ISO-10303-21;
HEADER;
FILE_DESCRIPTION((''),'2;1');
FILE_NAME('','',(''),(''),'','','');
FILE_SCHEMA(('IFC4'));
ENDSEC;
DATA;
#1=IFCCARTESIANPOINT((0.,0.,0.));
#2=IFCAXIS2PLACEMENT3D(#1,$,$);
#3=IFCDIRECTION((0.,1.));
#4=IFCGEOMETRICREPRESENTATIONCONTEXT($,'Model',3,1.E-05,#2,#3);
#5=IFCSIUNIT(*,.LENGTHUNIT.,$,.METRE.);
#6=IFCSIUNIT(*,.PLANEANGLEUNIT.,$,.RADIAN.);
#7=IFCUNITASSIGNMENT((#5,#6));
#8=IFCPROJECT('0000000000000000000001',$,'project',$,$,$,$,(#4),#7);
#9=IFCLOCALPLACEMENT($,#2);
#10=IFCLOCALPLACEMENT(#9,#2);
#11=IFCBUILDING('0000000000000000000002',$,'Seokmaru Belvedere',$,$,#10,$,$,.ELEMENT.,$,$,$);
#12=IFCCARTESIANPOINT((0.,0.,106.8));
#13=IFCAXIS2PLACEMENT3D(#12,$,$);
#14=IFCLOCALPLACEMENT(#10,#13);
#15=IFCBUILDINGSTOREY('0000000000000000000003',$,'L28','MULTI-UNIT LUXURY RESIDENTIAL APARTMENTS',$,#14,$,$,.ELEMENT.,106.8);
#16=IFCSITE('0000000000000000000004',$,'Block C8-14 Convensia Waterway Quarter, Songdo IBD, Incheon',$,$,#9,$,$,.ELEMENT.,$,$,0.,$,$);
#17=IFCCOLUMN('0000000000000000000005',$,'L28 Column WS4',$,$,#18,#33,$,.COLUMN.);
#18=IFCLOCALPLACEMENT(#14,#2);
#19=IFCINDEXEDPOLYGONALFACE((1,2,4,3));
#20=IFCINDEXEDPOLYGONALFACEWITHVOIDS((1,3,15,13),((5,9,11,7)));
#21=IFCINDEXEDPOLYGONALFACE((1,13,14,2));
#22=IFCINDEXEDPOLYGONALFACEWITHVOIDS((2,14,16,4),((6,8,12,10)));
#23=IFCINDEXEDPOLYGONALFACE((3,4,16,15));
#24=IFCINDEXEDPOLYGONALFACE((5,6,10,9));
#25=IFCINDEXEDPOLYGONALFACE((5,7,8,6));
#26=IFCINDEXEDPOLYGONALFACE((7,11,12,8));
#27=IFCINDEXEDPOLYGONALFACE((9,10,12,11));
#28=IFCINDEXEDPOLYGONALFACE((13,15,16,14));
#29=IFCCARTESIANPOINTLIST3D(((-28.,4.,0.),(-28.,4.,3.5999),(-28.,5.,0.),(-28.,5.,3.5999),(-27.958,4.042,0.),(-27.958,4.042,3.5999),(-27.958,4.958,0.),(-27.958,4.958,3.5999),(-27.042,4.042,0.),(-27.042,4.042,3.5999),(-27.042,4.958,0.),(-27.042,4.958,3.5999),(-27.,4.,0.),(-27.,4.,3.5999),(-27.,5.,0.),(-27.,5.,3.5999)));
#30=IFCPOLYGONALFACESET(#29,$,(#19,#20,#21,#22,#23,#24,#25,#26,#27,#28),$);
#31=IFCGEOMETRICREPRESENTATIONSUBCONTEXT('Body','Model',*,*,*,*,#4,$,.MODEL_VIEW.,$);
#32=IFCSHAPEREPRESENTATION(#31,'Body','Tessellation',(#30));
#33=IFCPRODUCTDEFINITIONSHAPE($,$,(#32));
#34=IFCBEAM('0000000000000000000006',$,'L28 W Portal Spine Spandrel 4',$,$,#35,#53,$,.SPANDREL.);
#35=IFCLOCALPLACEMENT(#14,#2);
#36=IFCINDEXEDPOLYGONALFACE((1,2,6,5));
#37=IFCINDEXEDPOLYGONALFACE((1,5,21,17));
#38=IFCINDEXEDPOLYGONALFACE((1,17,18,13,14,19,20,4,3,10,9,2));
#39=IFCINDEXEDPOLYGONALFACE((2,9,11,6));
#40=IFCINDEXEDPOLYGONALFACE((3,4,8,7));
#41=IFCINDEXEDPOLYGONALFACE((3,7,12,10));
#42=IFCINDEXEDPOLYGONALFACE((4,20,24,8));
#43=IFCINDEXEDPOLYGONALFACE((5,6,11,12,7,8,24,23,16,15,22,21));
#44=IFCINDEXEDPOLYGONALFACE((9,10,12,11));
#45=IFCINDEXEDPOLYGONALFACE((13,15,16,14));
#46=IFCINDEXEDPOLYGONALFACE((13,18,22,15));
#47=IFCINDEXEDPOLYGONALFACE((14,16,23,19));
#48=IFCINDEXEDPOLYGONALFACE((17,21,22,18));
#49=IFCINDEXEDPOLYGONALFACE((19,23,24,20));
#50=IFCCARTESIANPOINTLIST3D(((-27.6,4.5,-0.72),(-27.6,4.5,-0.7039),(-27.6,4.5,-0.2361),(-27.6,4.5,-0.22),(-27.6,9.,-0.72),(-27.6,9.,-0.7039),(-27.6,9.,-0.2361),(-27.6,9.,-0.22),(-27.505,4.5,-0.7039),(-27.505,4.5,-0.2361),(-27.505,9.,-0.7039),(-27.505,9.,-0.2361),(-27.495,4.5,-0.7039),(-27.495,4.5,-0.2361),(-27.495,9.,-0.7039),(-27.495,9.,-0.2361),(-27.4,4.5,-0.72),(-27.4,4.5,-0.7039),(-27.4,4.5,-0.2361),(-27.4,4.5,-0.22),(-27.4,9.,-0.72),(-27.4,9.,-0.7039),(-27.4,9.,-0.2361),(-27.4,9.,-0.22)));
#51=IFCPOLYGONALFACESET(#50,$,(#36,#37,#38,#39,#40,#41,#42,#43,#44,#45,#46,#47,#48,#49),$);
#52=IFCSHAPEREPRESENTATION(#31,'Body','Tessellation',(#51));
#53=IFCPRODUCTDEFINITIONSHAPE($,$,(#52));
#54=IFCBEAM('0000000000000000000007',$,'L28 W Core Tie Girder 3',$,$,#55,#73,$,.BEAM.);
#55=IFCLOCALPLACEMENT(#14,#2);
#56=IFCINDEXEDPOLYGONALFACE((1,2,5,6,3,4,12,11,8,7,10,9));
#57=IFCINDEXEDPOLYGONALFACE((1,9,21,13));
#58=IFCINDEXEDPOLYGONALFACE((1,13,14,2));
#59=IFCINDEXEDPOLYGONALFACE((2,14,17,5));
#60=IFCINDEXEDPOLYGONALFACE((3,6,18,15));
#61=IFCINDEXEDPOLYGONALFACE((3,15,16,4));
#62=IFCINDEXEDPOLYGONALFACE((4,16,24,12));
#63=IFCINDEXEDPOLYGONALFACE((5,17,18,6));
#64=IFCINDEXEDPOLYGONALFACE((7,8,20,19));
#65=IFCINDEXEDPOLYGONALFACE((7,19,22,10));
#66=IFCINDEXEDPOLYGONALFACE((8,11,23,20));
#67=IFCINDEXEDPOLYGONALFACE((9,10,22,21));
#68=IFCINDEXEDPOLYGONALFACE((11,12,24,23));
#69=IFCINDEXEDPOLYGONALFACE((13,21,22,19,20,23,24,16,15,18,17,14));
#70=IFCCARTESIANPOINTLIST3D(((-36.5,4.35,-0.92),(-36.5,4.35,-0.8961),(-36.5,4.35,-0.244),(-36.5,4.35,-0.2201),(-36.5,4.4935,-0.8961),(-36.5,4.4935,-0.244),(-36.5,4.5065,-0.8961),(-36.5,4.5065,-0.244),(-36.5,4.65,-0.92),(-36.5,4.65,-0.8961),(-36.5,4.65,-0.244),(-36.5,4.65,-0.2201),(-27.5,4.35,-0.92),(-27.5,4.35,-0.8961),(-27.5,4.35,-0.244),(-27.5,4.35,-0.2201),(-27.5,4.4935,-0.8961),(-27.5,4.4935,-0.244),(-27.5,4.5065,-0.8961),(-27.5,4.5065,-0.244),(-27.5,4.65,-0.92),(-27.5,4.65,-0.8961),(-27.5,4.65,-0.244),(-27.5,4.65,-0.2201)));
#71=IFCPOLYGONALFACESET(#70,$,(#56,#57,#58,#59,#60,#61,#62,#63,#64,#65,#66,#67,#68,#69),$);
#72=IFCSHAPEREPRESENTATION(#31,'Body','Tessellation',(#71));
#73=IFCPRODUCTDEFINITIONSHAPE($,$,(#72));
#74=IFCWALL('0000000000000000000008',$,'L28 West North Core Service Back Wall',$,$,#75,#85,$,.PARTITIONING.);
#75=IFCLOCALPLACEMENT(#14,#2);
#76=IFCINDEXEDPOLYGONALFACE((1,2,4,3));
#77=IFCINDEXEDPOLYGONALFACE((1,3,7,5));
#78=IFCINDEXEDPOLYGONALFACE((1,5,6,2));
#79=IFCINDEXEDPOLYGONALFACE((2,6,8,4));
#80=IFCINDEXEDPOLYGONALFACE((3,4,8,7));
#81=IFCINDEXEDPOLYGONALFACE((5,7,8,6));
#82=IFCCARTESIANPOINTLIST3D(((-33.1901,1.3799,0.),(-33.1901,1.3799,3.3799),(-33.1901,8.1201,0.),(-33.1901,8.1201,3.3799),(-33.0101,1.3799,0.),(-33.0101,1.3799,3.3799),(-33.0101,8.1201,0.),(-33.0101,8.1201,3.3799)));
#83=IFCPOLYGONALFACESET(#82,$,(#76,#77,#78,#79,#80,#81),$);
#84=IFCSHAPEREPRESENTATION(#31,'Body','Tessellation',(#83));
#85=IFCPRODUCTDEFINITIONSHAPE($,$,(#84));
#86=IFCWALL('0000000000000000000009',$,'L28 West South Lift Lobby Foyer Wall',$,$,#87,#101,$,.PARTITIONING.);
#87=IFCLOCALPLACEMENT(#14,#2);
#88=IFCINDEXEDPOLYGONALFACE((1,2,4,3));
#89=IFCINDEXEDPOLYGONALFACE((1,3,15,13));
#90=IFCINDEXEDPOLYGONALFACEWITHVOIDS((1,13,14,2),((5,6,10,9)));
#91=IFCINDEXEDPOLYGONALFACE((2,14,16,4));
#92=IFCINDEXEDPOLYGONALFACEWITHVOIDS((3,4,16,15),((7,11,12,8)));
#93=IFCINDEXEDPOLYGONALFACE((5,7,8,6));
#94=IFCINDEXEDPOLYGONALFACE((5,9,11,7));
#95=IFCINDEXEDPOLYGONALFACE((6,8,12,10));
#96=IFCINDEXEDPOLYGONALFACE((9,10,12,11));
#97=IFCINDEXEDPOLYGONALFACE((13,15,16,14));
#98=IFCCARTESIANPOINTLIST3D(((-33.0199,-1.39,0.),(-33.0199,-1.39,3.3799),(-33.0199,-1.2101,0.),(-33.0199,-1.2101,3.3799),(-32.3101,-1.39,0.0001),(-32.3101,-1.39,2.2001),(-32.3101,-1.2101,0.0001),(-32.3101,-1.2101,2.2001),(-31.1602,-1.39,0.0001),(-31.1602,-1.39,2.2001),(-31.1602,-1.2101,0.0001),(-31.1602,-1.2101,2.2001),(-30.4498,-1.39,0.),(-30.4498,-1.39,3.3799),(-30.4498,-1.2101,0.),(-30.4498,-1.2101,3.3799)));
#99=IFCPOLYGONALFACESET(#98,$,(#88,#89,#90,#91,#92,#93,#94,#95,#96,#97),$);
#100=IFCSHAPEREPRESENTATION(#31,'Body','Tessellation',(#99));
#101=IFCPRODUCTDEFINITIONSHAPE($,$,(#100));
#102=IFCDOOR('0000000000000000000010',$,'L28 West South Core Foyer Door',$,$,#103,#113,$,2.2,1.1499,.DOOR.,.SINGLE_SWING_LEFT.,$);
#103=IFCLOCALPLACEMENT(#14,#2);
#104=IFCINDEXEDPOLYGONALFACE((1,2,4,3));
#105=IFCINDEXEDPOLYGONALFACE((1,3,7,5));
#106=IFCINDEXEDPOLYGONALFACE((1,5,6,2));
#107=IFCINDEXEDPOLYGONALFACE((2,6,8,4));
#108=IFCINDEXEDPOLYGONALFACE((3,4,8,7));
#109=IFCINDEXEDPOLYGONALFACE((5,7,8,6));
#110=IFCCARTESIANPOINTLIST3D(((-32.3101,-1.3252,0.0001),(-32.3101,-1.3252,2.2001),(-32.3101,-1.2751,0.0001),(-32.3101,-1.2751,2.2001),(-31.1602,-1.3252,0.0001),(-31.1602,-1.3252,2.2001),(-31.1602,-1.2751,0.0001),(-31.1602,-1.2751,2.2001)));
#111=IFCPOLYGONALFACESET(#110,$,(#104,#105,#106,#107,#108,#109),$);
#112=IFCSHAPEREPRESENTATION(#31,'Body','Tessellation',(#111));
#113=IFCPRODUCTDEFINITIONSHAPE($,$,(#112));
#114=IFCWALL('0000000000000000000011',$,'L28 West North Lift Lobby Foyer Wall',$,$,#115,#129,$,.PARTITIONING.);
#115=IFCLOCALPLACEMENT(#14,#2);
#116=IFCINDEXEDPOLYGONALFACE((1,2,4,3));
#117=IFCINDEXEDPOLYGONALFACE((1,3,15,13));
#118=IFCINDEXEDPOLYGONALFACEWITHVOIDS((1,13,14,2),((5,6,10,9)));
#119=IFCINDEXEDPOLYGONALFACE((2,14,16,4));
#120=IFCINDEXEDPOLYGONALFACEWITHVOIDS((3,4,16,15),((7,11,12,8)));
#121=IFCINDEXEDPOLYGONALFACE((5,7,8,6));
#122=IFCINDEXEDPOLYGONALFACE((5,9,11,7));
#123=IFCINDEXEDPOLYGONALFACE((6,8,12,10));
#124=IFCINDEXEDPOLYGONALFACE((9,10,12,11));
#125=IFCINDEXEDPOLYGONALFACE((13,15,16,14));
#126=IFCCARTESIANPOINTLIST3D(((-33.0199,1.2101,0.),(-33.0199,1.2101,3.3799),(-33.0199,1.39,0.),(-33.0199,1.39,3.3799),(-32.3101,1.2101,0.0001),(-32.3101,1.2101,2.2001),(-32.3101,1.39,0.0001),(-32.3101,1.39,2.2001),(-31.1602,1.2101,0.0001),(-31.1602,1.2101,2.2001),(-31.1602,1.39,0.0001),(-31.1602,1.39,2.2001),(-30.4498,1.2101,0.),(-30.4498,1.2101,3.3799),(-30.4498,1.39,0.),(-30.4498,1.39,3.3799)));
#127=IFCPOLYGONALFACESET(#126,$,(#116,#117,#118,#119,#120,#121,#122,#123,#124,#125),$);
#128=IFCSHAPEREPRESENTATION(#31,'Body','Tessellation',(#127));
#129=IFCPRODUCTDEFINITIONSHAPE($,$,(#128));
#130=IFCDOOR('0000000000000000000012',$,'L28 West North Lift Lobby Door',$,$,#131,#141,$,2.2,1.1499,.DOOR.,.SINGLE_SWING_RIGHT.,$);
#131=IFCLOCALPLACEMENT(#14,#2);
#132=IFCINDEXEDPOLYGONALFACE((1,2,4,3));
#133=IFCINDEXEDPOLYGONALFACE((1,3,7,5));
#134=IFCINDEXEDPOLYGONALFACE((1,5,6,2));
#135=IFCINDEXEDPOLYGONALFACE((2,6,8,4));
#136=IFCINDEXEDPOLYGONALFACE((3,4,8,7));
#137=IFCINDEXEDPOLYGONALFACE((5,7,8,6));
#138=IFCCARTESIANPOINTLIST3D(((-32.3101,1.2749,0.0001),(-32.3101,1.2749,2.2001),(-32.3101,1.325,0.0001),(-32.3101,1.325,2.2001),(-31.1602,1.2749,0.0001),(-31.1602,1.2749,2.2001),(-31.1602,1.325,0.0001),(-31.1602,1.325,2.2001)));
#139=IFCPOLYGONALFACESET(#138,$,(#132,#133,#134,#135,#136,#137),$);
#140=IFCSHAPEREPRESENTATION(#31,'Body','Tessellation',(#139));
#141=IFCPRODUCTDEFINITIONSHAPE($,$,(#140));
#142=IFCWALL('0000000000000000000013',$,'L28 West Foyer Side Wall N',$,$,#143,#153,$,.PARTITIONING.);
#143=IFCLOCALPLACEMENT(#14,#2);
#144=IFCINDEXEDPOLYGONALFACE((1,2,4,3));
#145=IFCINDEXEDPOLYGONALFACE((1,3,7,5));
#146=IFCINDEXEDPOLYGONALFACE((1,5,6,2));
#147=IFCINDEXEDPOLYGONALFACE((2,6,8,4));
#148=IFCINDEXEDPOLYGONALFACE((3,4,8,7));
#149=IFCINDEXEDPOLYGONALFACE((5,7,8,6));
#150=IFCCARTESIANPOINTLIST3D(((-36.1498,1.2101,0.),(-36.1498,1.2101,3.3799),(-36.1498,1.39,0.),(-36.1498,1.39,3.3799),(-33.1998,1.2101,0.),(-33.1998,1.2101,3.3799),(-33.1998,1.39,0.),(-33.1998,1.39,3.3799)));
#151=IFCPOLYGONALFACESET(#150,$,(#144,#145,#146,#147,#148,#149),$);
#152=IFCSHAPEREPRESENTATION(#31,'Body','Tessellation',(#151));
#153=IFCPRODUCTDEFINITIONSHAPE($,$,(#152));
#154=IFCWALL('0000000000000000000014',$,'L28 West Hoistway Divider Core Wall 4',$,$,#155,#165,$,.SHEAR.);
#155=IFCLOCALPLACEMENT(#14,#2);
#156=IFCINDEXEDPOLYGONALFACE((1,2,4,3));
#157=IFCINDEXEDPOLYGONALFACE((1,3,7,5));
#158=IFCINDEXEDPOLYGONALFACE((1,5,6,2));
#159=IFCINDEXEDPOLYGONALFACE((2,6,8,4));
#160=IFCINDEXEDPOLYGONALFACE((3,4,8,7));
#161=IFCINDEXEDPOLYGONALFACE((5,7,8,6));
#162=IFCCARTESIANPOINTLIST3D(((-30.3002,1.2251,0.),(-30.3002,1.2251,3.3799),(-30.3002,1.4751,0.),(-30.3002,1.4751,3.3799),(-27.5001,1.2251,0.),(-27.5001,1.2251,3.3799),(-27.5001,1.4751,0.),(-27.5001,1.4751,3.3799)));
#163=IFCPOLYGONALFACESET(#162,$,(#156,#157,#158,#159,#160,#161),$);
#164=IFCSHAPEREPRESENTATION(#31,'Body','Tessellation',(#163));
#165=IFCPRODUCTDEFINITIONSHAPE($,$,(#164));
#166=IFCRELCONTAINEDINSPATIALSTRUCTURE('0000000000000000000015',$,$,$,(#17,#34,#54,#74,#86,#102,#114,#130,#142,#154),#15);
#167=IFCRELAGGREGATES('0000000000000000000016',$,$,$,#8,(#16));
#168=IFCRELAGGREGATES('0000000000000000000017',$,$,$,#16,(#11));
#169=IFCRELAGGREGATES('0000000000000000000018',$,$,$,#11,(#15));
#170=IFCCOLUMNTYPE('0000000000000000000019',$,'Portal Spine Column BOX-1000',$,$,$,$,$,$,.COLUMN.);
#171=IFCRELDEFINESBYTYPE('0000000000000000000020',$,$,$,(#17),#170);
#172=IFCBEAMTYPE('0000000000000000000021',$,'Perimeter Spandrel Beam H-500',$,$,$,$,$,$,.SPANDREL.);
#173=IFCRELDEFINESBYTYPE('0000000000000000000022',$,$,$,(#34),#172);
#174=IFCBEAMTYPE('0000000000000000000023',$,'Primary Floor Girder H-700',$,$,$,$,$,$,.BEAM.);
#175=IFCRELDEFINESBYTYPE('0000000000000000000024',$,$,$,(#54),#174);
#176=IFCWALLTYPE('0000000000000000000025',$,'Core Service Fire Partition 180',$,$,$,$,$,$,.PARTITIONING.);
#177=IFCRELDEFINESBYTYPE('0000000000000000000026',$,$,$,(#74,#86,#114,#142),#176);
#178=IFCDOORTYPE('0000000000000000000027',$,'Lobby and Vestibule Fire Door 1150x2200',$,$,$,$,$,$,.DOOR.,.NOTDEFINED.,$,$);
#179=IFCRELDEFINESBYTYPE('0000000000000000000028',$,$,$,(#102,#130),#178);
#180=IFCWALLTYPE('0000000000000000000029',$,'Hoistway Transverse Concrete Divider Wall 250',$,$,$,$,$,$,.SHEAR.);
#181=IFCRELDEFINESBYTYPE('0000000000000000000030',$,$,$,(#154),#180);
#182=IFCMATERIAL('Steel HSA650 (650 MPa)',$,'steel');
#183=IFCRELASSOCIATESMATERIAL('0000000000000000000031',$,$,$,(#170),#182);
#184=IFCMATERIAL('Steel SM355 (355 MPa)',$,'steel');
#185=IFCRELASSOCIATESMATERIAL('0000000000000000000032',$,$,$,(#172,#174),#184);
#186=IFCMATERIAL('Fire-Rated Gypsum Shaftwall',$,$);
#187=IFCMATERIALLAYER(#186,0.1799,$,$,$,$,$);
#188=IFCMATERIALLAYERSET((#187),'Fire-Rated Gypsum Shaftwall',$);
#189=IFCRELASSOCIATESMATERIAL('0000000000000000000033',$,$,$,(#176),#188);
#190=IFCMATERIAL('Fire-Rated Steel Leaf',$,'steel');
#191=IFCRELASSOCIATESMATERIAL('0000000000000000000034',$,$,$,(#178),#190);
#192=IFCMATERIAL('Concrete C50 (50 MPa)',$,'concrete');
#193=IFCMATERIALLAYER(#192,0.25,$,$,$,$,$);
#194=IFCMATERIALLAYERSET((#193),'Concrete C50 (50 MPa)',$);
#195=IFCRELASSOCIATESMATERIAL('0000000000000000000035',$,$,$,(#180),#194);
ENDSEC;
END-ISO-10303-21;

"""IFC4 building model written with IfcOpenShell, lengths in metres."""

from ifc_helpers import new_model, si_unit, direction, frame, frame_2d, origin, origin_2d, place, context, subcontext, project, spatial, rectangle, hollow_rectangle, i_section, extrude, source, transform, mapped, material, layer, layer_set, material_profile, profile_set, type_object, type_shapes, element, fill, save


model = new_model("IFC4")

# Units and contexts
model_context = context("Model", 3, precision=1e-05, world=origin(), true_north=direction((0.0, 1.0)))
body_context = subcontext(model_context, "Body", "Model", "MODEL_VIEW")
ifc_project = project(units=[si_unit("LENGTHUNIT", "METRE"), si_unit("PLANEANGLEUNIT", "RADIAN")], contexts=[model_context])

# Site, building, storey
site_placement = place(None, origin())
site = spatial("IfcSite", under=ifc_project, at=site_placement, Name="Block C8-14 Convensia Waterway Quarter, Songdo IBD, Incheon", CompositionType="ELEMENT", RefElevation=0.0)
building_placement = place(site_placement, origin())
building = spatial("IfcBuilding", under=site, at=building_placement, Name="Seokmaru Belvedere", CompositionType="ELEMENT")
storey_placement = place(building_placement, frame((0.0, 0.0, 106.8)))
storey = spatial("IfcBuildingStorey", under=building, at=storey_placement, Name="L28", Description="MULTI-UNIT LUXURY RESIDENTIAL APARTMENTS", CompositionType="ELEMENT", Elevation=106.8)

# Column
ifc_material_1 = material(Name="Steel HSA650 (650 MPa)", Category="steel")
ifc_material_profile_1 = material_profile(ifc_material_1, hollow_rectangle(XDim=1.0, YDim=1.0, WallThickness=0.042, at=origin_2d()), Name="BOX-1000x1000x42")
ifc_profile_set_1 = profile_set([ifc_material_profile_1], Name="Steel HSA650 (650 MPa)")
column_type = type_object("IfcColumnType", Name="Portal Spine Column BOX-1000", PredefinedType="COLUMN", material=ifc_profile_set_1)
shared_shape_1 = source(origin(), body_context, "Body", "SweptSolid", [
    extrude(hollow_rectangle(XDim=1.0, YDim=1.0, WallThickness=0.042, at=origin_2d()), origin(), (0.0, 0.0, 1.0), 3.5999),
])
type_shapes(column_type, [shared_shape_1])
column_placement = place(storey_placement, frame((-27.5, 4.5, 0.0), z_axis=(0.0, 0.0, 1.0), x_axis=(1.0, 0.0, 0.0)))
element("IfcColumn", 1, at=column_placement, inside=storey, type_object=column_type, Name="L28 Column WS4", PredefinedType="COLUMN", context=body_context, shape_type="MappedRepresentation", body=[
    mapped(shared_shape_1, transform((0.0, 0.0, 0.0), scale=1.0)),
])

# Beams
ifc_material_2 = material(Name="Steel SM355 (355 MPa)", Category="steel")
ifc_material_profile_2 = material_profile(ifc_material_2, i_section(OverallWidth=0.2, OverallDepth=0.5, WebThickness=0.01, FlangeThickness=0.0161, at=origin_2d()), Name="H-500x200x10x16")
ifc_profile_set_2 = profile_set([ifc_material_profile_2], Name="Steel SM355 (355 MPa)")
beam_type_1 = type_object("IfcBeamType", Name="Perimeter Spandrel Beam H-500", PredefinedType="SPANDREL", material=ifc_profile_set_2)
shared_shape_2 = source(origin(), body_context, "Body", "SweptSolid", [
    extrude(i_section(OverallWidth=0.2, OverallDepth=0.5, WebThickness=0.01, FlangeThickness=0.0161, at=origin_2d()), origin(), (0.0, 0.0, 1.0), 4.5),
])
type_shapes(beam_type_1, [shared_shape_2])
beam_1_placement = place(storey_placement, frame((-27.5, 4.5, -0.47), z_axis=(0.0, 1.0, 0.0), x_axis=(-1.0, 0.0, 0.0)))
element("IfcBeam", 2, at=beam_1_placement, inside=storey, type_object=beam_type_1, Name="L28 W Portal Spine Spandrel 4", PredefinedType="SPANDREL", context=body_context, shape_type="MappedRepresentation", body=[
    mapped(shared_shape_2, transform((0.0, 0.0, 0.0), scale=1.0)),
])
ifc_material_profile_3 = material_profile(ifc_material_2, i_section(OverallWidth=0.3, OverallDepth=0.7, WebThickness=0.0129, FlangeThickness=0.0239, at=origin_2d()), Name="H-700x300x13x24")
ifc_profile_set_3 = profile_set([ifc_material_profile_3], Name="Steel SM355 (355 MPa)")
beam_type_2 = type_object("IfcBeamType", Name="Primary Floor Girder H-700", PredefinedType="BEAM", material=ifc_profile_set_3)
shared_shape_3 = source(origin(), body_context, "Body", "SweptSolid", [
    extrude(i_section(OverallWidth=0.3, OverallDepth=0.7, WebThickness=0.0129, FlangeThickness=0.0239, at=origin_2d()), origin(), (0.0, 0.0, 1.0), 9.0),
])
type_shapes(beam_type_2, [shared_shape_3])
beam_2_placement = place(storey_placement, frame((-36.5, 4.5, -0.5701), z_axis=(1.0, 0.0, 0.0), x_axis=(0.0, 1.0, 0.0)))
element("IfcBeam", 3, at=beam_2_placement, inside=storey, type_object=beam_type_2, Name="L28 W Core Tie Girder 3", PredefinedType="BEAM", context=body_context, shape_type="MappedRepresentation", body=[
    mapped(shared_shape_3, transform((0.0, 0.0, 0.0), scale=1.0)),
])

# Wall
ifc_material_3 = material(Name="Fire-Rated Gypsum Shaftwall")
ifc_layer_1 = layer(ifc_material_3, 0.1799)
ifc_layer_set_1 = layer_set([ifc_layer_1], Name="Fire-Rated Gypsum Shaftwall")
wall_type_1 = type_object("IfcWallType", Name="Core Service Fire Partition 180", PredefinedType="PARTITIONING", material=ifc_layer_set_1)
wall_1_placement = place(storey_placement, frame((-33.1001, 1.3799, 0.0), z_axis=(0.0, 0.0, 1.0), x_axis=(0.0, 1.0, 0.0)))
element("IfcWall", 4, at=wall_1_placement, inside=storey, type_object=wall_type_1, Name="L28 West North Core Service Back Wall", PredefinedType="PARTITIONING", context=body_context, shape_type="SweptSolid", body=[
    extrude(rectangle(XDim=6.7402, YDim=0.1799, at=frame_2d((3.3701, 0.0))), origin(), (0.0, 0.0, 1.0), 3.3799),
])

# Walls, openings, doors
wall_2_placement = place(storey_placement, frame((-33.02, -1.3, 0.0), z_axis=(0.0, 0.0, 1.0), x_axis=(1.0, 0.0, 0.0)))
wall_2 = element("IfcWall", 5, at=wall_2_placement, inside=storey, type_object=wall_type_1, Name="L28 West South Lift Lobby Foyer Wall", PredefinedType="PARTITIONING", context=body_context, shape_type="SweptSolid", body=[
    extrude(rectangle(XDim=2.5701, YDim=0.1799, at=frame_2d((1.2852, 0.0))), origin(), (0.0, 0.0, 1.0), 3.3799),
])
opening_1_placement = place(wall_2_placement, frame((0.71, 0.0, 0.0)))
opening_1 = element("IfcOpeningElement", 6, at=opening_1_placement, cuts=wall_2, PredefinedType="OPENING", context=body_context, shape_type="SweptSolid", body=[
    extrude(rectangle(XDim=1.1499, YDim=2.2, at=frame_2d((0.575, 1.1001))), frame((0.0, 0.1001, 0.0), z_axis=(0.0, -1.0, 0.0), x_axis=(1.0, 0.0, 0.0)), (0.0, 0.0, 1.0), 0.2),
])
ifc_material_4 = material(Name="Fire-Rated Steel Leaf", Category="steel")
door_type_1 = type_object("IfcDoorType", Name="Lobby and Vestibule Fire Door 1150x2200", OperationType="NOTDEFINED", PredefinedType="DOOR", material=ifc_material_4)
shared_shape_4 = source(origin(), body_context, "Body", "SweptSolid", [
    extrude(rectangle(XDim=1.1499, YDim=2.2, at=frame_2d((0.575, 1.1001))), frame((0.0, 0.0249, 0.0), z_axis=(0.0, -1.0, 0.0), x_axis=(1.0, 0.0, 0.0)), (0.0, 0.0, 1.0), 0.05),
])
type_shapes(door_type_1, [shared_shape_4])
door_1_placement = place(opening_1_placement, origin())
door_1 = element("IfcDoor", 7, at=door_1_placement, inside=storey, type_object=door_type_1, Name="L28 West South Core Foyer Door", OperationType="SINGLE_SWING_LEFT", OverallHeight=2.2, OverallWidth=1.1499, PredefinedType="DOOR", context=body_context, shape_type="MappedRepresentation", body=[
    mapped(shared_shape_4, transform((0.0, 0.0, 0.0), scale=1.0)),
])
fill(opening_1, door_1)
wall_3_placement = place(storey_placement, frame((-33.02, 1.3, 0.0), z_axis=(0.0, 0.0, 1.0), x_axis=(1.0, 0.0, 0.0)))
wall_3 = element("IfcWall", 8, at=wall_3_placement, inside=storey, type_object=wall_type_1, Name="L28 West North Lift Lobby Foyer Wall", PredefinedType="PARTITIONING", context=body_context, shape_type="SweptSolid", body=[
    extrude(rectangle(XDim=2.5701, YDim=0.1799, at=frame_2d((1.2852, 0.0))), origin(), (0.0, 0.0, 1.0), 3.3799),
])
opening_2_placement = place(wall_3_placement, frame((0.71, 0.0, 0.0)))
opening_2 = element("IfcOpeningElement", 9, at=opening_2_placement, cuts=wall_3, PredefinedType="OPENING", context=body_context, shape_type="SweptSolid", body=[
    extrude(rectangle(XDim=1.1499, YDim=2.2, at=frame_2d((0.575, 1.1001))), frame((0.0, 0.1001, 0.0), z_axis=(0.0, -1.0, 0.0), x_axis=(1.0, 0.0, 0.0)), (0.0, 0.0, 1.0), 0.2),
])
door_2_placement = place(opening_2_placement, origin())
door_2 = element("IfcDoor", 10, at=door_2_placement, inside=storey, type_object=door_type_1, Name="L28 West North Lift Lobby Door", OperationType="SINGLE_SWING_RIGHT", OverallHeight=2.2, OverallWidth=1.1499, PredefinedType="DOOR", context=body_context, shape_type="MappedRepresentation", body=[
    mapped(shared_shape_4, transform((0.0, 0.0, 0.0), scale=1.0)),
])
fill(opening_2, door_2)

# Walls
wall_4_placement = place(storey_placement, frame((-36.1499, 1.3, 0.0), z_axis=(0.0, 0.0, 1.0), x_axis=(1.0, 0.0, 0.0)))
element("IfcWall", 11, at=wall_4_placement, inside=storey, type_object=wall_type_1, Name="L28 West Foyer Side Wall N", PredefinedType="PARTITIONING", context=body_context, shape_type="SweptSolid", body=[
    extrude(rectangle(XDim=2.95, YDim=0.1799, at=frame_2d((1.4751, 0.0))), origin(), (0.0, 0.0, 1.0), 3.3799),
])
ifc_material_5 = material(Name="Concrete C50 (50 MPa)", Category="concrete")
ifc_layer_2 = layer(ifc_material_5, 0.25)
ifc_layer_set_2 = layer_set([ifc_layer_2], Name="Concrete C50 (50 MPa)")
wall_type_2 = type_object("IfcWallType", Name="Hoistway Transverse Concrete Divider Wall 250", PredefinedType="SHEAR", material=ifc_layer_set_2)
for number, where, z_axis, x_axis, name in (
    (12, (-30.3, 1.3501, 0.0), (0.0, 0.0, 1.0), (1.0, 0.0, 0.0), "L28 West Hoistway Divider Core Wall 4"),
):
    element("IfcWall", number, at=place(storey_placement, frame(where, z_axis=z_axis, x_axis=x_axis)), inside=storey, type_object=wall_type_2, Name=name, PredefinedType="SHEAR", context=body_context, shape_type="SweptSolid", body=[
        extrude(rectangle(XDim=2.8, YDim=0.25, at=frame_2d((1.3999, 0.0))), origin(), (0.0, 0.0, 1.0), 3.3799),
    ])

save(model, "model.ifc")
